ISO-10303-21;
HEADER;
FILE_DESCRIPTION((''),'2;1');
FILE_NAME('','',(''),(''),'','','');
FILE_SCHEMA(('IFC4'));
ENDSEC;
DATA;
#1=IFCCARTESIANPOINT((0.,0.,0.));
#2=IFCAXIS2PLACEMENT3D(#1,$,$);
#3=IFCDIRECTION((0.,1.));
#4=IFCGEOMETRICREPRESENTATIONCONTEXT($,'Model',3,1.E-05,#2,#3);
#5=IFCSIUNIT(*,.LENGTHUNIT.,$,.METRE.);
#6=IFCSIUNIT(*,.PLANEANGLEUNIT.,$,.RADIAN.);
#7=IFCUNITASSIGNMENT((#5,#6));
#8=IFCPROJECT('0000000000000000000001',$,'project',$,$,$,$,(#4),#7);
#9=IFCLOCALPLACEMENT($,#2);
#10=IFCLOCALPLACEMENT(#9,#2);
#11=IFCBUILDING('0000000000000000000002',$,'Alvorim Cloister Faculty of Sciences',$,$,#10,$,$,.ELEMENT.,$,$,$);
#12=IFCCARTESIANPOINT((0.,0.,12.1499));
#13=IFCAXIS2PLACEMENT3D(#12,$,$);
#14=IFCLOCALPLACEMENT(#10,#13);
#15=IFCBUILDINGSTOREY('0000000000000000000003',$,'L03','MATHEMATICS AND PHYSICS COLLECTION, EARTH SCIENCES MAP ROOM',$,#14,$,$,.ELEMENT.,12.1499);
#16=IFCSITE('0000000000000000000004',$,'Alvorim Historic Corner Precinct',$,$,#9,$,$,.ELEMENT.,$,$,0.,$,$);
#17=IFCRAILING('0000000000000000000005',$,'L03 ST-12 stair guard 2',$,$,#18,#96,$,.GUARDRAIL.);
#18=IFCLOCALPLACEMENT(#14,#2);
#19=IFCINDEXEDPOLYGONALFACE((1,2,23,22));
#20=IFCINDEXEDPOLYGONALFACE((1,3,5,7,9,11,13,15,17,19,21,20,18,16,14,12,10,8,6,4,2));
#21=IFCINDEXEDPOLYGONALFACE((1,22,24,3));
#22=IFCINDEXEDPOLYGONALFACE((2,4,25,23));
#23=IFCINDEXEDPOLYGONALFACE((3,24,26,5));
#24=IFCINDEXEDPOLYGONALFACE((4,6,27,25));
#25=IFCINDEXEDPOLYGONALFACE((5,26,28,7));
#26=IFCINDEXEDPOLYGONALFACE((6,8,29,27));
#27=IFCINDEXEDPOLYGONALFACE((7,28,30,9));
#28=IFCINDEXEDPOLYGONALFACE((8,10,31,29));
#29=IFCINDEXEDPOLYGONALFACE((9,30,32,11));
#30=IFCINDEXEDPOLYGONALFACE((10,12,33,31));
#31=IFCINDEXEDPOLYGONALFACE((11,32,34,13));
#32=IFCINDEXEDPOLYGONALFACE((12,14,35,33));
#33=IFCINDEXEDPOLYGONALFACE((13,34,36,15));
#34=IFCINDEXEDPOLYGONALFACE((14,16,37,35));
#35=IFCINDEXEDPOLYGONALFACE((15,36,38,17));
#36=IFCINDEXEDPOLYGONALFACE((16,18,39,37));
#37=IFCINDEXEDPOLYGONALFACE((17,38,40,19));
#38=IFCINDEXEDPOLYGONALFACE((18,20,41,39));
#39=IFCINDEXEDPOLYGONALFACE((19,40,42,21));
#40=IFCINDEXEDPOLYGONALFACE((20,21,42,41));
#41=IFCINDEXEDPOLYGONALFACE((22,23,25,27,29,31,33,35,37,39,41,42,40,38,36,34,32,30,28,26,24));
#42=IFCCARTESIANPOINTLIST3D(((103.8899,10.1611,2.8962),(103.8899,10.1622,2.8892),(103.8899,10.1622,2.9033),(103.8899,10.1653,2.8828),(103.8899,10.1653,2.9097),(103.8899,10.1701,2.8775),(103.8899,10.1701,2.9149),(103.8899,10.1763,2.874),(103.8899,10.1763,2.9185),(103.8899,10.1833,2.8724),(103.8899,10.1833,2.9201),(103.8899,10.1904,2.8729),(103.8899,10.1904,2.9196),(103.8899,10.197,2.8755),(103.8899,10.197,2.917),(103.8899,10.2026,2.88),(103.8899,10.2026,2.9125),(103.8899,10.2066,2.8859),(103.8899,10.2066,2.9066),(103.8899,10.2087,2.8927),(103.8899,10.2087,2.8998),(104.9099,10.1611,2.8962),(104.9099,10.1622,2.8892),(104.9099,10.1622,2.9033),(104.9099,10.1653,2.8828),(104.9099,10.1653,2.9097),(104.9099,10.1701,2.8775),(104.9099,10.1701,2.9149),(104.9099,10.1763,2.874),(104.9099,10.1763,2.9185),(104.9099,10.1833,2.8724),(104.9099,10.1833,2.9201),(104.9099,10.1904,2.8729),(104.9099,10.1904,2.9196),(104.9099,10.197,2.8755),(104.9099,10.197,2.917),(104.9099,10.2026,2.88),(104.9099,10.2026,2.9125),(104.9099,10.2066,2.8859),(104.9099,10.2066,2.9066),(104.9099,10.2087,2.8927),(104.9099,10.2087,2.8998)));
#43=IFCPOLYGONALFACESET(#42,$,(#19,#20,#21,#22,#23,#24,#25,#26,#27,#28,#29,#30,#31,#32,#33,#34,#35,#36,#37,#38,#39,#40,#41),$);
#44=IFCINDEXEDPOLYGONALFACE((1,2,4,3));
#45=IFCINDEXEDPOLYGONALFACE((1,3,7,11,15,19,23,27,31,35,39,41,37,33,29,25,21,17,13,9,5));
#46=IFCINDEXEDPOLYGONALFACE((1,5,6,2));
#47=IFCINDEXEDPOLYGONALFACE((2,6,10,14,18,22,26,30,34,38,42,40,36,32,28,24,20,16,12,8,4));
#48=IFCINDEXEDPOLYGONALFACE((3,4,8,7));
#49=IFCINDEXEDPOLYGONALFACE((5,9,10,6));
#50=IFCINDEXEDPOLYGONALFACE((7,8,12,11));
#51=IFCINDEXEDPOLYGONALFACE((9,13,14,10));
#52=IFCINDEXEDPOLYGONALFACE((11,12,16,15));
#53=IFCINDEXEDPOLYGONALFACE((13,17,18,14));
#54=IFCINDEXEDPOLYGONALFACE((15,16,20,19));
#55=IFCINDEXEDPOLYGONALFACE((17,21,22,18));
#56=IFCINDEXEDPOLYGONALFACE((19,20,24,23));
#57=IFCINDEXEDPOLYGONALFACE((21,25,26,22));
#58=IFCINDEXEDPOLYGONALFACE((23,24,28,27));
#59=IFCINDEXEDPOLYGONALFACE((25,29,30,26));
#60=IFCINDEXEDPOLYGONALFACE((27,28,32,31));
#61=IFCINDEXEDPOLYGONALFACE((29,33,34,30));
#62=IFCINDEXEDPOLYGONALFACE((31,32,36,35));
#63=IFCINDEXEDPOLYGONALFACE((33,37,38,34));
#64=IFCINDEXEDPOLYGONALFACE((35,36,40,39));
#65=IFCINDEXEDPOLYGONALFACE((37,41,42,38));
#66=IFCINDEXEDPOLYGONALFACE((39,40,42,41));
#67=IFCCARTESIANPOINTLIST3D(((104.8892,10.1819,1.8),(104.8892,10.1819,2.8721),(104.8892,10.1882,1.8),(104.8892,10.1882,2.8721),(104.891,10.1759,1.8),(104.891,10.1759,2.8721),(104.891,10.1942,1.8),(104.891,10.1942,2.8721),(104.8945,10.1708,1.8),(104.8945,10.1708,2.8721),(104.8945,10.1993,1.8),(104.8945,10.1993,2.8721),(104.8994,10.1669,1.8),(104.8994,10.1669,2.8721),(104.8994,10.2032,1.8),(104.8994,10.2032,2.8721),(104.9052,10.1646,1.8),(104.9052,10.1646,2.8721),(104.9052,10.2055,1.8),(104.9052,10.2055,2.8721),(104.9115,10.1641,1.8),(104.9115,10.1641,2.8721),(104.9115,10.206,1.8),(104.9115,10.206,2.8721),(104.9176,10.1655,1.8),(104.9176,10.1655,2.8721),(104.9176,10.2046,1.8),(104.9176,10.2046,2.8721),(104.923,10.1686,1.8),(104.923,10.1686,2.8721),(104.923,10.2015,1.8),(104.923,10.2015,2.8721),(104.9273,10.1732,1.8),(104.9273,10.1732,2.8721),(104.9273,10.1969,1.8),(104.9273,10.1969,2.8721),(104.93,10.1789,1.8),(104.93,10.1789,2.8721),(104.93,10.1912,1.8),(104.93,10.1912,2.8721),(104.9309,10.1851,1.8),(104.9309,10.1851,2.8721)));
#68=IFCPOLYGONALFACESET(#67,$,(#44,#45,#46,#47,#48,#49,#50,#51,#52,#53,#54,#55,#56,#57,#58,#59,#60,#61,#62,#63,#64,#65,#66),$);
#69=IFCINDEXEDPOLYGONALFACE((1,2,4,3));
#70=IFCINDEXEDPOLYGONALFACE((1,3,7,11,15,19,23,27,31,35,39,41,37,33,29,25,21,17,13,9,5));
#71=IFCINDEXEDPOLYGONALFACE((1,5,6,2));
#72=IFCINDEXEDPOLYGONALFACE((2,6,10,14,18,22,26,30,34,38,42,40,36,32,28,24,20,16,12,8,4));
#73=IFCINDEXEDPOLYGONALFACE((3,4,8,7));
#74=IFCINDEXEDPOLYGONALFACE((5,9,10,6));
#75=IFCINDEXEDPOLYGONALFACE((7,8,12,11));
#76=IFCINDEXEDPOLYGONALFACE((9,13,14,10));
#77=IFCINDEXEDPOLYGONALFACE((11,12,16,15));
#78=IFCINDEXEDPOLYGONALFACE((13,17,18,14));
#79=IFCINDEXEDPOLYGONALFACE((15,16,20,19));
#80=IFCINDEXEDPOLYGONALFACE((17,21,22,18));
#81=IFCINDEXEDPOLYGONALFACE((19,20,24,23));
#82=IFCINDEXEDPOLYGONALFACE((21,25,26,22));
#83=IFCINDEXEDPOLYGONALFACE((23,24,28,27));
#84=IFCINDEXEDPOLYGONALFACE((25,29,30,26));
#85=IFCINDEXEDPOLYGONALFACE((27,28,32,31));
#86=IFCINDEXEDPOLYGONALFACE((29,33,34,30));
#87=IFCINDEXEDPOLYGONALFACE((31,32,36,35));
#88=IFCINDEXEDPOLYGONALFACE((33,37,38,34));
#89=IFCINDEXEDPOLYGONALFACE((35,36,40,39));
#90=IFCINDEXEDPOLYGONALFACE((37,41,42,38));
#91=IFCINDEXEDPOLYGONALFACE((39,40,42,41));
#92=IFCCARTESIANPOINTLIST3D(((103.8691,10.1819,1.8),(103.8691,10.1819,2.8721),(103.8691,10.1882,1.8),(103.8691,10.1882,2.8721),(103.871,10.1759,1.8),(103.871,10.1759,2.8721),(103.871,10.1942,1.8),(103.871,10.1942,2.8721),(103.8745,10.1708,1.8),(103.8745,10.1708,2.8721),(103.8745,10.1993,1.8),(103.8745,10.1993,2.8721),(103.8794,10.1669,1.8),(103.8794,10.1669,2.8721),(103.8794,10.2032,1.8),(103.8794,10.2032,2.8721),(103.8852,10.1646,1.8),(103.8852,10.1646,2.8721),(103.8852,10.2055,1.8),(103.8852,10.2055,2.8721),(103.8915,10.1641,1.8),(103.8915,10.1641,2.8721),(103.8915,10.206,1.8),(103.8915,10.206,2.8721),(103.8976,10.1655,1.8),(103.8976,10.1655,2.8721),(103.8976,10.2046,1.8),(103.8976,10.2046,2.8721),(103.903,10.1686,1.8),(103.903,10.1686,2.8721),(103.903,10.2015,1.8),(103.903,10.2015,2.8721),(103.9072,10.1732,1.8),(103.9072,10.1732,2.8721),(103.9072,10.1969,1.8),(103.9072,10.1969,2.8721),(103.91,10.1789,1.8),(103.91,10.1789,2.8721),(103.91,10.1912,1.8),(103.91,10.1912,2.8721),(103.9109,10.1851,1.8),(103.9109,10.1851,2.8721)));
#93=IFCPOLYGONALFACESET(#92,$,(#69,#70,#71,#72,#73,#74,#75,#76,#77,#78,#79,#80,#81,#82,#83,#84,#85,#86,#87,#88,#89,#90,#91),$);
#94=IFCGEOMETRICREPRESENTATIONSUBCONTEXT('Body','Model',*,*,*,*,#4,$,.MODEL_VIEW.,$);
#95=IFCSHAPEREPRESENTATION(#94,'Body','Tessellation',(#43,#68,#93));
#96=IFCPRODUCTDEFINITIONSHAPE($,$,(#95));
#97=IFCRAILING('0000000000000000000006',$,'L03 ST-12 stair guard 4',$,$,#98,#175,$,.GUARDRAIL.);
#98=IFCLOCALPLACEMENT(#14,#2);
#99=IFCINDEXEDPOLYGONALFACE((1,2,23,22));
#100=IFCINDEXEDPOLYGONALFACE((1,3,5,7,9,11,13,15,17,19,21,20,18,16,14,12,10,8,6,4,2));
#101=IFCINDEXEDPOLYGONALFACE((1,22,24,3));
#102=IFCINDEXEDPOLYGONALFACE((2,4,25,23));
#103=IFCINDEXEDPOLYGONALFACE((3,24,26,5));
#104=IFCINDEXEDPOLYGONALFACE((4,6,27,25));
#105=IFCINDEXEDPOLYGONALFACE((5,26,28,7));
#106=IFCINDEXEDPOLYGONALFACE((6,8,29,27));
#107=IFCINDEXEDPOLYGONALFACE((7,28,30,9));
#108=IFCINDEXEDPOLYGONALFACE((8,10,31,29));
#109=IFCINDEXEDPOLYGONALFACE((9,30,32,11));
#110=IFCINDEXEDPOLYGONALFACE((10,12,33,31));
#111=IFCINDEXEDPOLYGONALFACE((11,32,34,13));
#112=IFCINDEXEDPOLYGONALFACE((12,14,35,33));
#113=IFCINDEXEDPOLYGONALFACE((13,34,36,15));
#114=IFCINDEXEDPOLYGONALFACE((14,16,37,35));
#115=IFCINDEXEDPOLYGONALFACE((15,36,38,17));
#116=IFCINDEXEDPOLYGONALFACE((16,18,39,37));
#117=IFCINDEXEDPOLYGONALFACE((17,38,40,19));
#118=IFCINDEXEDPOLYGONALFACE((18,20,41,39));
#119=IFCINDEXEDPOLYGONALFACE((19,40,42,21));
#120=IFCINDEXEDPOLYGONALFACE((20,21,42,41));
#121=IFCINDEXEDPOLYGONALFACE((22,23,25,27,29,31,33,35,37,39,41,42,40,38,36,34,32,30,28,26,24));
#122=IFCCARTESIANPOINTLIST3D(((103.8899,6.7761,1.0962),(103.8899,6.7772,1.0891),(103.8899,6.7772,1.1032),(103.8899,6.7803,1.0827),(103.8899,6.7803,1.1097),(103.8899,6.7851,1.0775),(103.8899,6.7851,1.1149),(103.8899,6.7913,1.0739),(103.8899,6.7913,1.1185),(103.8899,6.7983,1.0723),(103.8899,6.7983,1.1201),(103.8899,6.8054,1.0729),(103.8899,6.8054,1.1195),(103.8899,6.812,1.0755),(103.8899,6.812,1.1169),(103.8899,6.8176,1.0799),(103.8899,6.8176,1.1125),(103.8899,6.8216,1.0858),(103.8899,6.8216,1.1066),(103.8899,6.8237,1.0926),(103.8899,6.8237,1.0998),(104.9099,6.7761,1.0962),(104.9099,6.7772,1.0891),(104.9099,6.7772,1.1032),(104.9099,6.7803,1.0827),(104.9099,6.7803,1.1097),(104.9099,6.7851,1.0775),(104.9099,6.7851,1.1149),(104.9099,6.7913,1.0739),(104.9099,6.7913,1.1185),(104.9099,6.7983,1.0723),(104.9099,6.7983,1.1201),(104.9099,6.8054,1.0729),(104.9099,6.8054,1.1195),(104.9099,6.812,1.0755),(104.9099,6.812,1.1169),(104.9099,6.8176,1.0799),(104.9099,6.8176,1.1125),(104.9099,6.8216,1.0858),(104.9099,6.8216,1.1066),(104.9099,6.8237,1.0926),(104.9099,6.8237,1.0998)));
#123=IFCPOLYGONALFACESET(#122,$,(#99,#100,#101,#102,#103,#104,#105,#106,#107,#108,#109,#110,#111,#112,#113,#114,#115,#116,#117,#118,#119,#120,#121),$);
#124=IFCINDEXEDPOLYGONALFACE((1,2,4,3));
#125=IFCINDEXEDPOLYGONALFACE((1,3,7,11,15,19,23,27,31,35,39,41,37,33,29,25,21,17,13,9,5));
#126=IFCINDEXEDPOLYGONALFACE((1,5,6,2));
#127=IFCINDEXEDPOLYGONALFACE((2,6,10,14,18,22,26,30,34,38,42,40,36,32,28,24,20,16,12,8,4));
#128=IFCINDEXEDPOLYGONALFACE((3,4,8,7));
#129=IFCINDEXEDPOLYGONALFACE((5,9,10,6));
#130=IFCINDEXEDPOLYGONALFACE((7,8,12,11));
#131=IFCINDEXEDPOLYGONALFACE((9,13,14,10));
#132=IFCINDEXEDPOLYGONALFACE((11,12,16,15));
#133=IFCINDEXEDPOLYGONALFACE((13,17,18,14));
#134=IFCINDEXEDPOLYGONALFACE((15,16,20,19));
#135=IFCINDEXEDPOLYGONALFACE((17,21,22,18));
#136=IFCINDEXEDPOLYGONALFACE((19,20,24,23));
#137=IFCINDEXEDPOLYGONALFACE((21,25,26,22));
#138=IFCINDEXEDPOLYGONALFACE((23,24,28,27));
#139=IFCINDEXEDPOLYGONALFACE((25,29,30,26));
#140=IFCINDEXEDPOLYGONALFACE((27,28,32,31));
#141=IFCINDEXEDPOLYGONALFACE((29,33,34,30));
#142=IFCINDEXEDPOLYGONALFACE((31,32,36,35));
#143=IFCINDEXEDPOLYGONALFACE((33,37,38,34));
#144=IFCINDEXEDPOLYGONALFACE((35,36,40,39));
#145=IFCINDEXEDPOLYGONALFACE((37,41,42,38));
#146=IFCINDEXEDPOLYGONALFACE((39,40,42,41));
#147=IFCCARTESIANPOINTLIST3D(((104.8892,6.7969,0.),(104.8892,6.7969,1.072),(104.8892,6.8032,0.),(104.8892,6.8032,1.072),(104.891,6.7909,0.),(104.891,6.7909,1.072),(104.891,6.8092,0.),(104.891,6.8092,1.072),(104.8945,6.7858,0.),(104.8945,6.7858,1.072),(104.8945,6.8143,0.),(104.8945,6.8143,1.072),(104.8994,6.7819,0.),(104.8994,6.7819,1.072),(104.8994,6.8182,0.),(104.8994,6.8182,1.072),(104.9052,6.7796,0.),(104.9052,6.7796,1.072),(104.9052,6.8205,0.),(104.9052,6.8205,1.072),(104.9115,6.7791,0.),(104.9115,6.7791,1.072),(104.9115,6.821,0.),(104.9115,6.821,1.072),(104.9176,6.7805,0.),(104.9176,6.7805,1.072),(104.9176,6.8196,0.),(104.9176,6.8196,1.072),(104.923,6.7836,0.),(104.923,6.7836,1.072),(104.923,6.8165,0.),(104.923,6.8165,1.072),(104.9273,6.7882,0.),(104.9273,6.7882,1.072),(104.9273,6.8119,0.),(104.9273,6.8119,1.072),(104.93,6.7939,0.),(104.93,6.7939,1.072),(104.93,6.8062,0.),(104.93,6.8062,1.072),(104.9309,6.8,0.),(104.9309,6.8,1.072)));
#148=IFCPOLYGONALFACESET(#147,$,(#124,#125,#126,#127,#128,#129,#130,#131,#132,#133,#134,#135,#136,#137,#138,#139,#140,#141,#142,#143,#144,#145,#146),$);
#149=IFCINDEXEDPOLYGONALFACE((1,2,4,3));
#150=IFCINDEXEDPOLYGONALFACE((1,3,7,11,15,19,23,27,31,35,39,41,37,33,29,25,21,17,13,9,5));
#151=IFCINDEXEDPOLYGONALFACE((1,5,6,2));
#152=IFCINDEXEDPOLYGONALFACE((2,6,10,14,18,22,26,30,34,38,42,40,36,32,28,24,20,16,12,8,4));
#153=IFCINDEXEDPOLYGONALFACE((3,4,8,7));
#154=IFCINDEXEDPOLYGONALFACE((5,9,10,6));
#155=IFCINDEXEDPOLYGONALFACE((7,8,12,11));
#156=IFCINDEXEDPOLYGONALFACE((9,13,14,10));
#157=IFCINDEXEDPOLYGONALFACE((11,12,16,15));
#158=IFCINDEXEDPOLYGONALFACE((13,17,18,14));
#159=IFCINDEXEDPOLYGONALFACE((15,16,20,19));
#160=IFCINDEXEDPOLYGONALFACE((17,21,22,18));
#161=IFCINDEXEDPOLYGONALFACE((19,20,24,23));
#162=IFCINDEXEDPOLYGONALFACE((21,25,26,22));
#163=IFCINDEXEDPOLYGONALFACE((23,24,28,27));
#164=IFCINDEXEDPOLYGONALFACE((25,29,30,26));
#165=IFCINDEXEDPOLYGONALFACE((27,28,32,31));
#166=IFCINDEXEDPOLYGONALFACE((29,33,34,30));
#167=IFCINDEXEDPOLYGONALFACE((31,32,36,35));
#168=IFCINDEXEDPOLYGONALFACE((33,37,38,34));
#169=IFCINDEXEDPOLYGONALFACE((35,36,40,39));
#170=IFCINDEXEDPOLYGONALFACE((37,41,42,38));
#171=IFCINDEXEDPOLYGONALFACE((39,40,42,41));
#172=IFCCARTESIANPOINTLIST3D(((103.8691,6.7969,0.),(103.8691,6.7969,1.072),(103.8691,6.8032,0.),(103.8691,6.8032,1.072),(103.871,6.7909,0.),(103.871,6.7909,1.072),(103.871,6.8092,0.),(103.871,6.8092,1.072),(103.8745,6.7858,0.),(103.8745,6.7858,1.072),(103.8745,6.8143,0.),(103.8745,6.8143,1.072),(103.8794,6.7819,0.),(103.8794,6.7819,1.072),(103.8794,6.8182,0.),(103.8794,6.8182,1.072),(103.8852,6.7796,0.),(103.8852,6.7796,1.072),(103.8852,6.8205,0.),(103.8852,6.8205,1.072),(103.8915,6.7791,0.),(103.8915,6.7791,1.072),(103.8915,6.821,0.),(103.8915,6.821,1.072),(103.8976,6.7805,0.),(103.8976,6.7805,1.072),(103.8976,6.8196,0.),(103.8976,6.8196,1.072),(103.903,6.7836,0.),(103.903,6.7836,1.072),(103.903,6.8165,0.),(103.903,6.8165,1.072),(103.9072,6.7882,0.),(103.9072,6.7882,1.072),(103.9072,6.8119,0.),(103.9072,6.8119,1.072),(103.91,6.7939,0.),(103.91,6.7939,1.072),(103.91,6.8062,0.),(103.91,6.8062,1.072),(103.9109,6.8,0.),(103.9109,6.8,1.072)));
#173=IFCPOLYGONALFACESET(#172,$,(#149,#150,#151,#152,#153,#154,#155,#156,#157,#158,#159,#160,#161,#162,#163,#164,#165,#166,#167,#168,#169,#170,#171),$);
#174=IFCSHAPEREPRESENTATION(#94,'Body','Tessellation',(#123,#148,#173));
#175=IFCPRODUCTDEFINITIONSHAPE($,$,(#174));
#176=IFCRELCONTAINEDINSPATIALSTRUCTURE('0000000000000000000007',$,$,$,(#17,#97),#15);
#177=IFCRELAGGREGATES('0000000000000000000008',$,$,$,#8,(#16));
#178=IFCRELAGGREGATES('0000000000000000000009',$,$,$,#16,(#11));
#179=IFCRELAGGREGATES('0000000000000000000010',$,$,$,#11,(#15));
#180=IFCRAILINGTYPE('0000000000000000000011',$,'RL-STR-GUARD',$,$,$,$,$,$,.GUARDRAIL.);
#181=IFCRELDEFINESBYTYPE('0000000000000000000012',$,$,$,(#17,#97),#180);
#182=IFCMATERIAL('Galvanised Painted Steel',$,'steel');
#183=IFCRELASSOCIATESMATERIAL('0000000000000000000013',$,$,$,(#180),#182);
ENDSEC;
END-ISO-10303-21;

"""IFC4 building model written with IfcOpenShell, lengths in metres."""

from ifc_helpers import new_model, si_unit, direction, frame, origin, origin_2d, place, context, subcontext, project, spatial, circle, extrude, material, type_object, element, save


model = new_model("IFC4")

# Units and contexts
model_context = context("Model", 3, precision=1e-05, world=origin(), true_north=direction((0.0, 1.0)))
body_context = subcontext(model_context, "Body", "Model", "MODEL_VIEW")
ifc_project = project(units=[si_unit("LENGTHUNIT", "METRE"), si_unit("PLANEANGLEUNIT", "RADIAN")], contexts=[model_context])

# Site, building, storey
site_placement = place(None, origin())
site = spatial("IfcSite", under=ifc_project, at=site_placement, Name="Alvorim Historic Corner Precinct", CompositionType="ELEMENT", RefElevation=0.0)
building_placement = place(site_placement, origin())
building = spatial("IfcBuilding", under=site, at=building_placement, Name="Alvorim Cloister Faculty of Sciences", CompositionType="ELEMENT")
storey_placement = place(building_placement, frame((0.0, 0.0, 12.1499)))
storey = spatial("IfcBuildingStorey", under=building, at=storey_placement, Name="L03", Description="MATHEMATICS AND PHYSICS COLLECTION, EARTH SCIENCES MAP ROOM", CompositionType="ELEMENT", Elevation=12.1499)

# Railings
ifc_material_1 = material(Name="Galvanised Painted Steel", Category="steel")
railing_type_1 = type_object("IfcRailingType", Name="RL-STR-GUARD", PredefinedType="GUARDRAIL", material=ifc_material_1)
for number, where, name in (
    (1, (104.9099, 10.1851, 1.8), "L03 ST-12 stair guard 2"),
    (2, (104.9099, 6.8, 0.0), "L03 ST-12 stair guard 4"),
):
    element("IfcRailing", number, at=place(storey_placement, frame(where)), inside=storey, type_object=railing_type_1, Name=name, PredefinedType="GUARDRAIL", context=body_context, shape_type="SweptSolid", body=[
        extrude(circle(Radius=0.0239, at=origin_2d()), frame((0.0, 0.0, 1.0962), z_axis=(-1.0, 0.0, 0.0), x_axis=(0.0, -1.0, 0.0)), (0.0, 0.0, 1.0), 1.02),
        extrude(circle(Radius=0.021, at=origin_2d()), origin(), (0.0, 0.0, 1.0), 1.072),
        extrude(circle(Radius=0.021, at=origin_2d()), frame((-1.02, 0.0, 0.0)), (0.0, 0.0, 1.0), 1.072),
    ])

save(model, "model.ifc")
